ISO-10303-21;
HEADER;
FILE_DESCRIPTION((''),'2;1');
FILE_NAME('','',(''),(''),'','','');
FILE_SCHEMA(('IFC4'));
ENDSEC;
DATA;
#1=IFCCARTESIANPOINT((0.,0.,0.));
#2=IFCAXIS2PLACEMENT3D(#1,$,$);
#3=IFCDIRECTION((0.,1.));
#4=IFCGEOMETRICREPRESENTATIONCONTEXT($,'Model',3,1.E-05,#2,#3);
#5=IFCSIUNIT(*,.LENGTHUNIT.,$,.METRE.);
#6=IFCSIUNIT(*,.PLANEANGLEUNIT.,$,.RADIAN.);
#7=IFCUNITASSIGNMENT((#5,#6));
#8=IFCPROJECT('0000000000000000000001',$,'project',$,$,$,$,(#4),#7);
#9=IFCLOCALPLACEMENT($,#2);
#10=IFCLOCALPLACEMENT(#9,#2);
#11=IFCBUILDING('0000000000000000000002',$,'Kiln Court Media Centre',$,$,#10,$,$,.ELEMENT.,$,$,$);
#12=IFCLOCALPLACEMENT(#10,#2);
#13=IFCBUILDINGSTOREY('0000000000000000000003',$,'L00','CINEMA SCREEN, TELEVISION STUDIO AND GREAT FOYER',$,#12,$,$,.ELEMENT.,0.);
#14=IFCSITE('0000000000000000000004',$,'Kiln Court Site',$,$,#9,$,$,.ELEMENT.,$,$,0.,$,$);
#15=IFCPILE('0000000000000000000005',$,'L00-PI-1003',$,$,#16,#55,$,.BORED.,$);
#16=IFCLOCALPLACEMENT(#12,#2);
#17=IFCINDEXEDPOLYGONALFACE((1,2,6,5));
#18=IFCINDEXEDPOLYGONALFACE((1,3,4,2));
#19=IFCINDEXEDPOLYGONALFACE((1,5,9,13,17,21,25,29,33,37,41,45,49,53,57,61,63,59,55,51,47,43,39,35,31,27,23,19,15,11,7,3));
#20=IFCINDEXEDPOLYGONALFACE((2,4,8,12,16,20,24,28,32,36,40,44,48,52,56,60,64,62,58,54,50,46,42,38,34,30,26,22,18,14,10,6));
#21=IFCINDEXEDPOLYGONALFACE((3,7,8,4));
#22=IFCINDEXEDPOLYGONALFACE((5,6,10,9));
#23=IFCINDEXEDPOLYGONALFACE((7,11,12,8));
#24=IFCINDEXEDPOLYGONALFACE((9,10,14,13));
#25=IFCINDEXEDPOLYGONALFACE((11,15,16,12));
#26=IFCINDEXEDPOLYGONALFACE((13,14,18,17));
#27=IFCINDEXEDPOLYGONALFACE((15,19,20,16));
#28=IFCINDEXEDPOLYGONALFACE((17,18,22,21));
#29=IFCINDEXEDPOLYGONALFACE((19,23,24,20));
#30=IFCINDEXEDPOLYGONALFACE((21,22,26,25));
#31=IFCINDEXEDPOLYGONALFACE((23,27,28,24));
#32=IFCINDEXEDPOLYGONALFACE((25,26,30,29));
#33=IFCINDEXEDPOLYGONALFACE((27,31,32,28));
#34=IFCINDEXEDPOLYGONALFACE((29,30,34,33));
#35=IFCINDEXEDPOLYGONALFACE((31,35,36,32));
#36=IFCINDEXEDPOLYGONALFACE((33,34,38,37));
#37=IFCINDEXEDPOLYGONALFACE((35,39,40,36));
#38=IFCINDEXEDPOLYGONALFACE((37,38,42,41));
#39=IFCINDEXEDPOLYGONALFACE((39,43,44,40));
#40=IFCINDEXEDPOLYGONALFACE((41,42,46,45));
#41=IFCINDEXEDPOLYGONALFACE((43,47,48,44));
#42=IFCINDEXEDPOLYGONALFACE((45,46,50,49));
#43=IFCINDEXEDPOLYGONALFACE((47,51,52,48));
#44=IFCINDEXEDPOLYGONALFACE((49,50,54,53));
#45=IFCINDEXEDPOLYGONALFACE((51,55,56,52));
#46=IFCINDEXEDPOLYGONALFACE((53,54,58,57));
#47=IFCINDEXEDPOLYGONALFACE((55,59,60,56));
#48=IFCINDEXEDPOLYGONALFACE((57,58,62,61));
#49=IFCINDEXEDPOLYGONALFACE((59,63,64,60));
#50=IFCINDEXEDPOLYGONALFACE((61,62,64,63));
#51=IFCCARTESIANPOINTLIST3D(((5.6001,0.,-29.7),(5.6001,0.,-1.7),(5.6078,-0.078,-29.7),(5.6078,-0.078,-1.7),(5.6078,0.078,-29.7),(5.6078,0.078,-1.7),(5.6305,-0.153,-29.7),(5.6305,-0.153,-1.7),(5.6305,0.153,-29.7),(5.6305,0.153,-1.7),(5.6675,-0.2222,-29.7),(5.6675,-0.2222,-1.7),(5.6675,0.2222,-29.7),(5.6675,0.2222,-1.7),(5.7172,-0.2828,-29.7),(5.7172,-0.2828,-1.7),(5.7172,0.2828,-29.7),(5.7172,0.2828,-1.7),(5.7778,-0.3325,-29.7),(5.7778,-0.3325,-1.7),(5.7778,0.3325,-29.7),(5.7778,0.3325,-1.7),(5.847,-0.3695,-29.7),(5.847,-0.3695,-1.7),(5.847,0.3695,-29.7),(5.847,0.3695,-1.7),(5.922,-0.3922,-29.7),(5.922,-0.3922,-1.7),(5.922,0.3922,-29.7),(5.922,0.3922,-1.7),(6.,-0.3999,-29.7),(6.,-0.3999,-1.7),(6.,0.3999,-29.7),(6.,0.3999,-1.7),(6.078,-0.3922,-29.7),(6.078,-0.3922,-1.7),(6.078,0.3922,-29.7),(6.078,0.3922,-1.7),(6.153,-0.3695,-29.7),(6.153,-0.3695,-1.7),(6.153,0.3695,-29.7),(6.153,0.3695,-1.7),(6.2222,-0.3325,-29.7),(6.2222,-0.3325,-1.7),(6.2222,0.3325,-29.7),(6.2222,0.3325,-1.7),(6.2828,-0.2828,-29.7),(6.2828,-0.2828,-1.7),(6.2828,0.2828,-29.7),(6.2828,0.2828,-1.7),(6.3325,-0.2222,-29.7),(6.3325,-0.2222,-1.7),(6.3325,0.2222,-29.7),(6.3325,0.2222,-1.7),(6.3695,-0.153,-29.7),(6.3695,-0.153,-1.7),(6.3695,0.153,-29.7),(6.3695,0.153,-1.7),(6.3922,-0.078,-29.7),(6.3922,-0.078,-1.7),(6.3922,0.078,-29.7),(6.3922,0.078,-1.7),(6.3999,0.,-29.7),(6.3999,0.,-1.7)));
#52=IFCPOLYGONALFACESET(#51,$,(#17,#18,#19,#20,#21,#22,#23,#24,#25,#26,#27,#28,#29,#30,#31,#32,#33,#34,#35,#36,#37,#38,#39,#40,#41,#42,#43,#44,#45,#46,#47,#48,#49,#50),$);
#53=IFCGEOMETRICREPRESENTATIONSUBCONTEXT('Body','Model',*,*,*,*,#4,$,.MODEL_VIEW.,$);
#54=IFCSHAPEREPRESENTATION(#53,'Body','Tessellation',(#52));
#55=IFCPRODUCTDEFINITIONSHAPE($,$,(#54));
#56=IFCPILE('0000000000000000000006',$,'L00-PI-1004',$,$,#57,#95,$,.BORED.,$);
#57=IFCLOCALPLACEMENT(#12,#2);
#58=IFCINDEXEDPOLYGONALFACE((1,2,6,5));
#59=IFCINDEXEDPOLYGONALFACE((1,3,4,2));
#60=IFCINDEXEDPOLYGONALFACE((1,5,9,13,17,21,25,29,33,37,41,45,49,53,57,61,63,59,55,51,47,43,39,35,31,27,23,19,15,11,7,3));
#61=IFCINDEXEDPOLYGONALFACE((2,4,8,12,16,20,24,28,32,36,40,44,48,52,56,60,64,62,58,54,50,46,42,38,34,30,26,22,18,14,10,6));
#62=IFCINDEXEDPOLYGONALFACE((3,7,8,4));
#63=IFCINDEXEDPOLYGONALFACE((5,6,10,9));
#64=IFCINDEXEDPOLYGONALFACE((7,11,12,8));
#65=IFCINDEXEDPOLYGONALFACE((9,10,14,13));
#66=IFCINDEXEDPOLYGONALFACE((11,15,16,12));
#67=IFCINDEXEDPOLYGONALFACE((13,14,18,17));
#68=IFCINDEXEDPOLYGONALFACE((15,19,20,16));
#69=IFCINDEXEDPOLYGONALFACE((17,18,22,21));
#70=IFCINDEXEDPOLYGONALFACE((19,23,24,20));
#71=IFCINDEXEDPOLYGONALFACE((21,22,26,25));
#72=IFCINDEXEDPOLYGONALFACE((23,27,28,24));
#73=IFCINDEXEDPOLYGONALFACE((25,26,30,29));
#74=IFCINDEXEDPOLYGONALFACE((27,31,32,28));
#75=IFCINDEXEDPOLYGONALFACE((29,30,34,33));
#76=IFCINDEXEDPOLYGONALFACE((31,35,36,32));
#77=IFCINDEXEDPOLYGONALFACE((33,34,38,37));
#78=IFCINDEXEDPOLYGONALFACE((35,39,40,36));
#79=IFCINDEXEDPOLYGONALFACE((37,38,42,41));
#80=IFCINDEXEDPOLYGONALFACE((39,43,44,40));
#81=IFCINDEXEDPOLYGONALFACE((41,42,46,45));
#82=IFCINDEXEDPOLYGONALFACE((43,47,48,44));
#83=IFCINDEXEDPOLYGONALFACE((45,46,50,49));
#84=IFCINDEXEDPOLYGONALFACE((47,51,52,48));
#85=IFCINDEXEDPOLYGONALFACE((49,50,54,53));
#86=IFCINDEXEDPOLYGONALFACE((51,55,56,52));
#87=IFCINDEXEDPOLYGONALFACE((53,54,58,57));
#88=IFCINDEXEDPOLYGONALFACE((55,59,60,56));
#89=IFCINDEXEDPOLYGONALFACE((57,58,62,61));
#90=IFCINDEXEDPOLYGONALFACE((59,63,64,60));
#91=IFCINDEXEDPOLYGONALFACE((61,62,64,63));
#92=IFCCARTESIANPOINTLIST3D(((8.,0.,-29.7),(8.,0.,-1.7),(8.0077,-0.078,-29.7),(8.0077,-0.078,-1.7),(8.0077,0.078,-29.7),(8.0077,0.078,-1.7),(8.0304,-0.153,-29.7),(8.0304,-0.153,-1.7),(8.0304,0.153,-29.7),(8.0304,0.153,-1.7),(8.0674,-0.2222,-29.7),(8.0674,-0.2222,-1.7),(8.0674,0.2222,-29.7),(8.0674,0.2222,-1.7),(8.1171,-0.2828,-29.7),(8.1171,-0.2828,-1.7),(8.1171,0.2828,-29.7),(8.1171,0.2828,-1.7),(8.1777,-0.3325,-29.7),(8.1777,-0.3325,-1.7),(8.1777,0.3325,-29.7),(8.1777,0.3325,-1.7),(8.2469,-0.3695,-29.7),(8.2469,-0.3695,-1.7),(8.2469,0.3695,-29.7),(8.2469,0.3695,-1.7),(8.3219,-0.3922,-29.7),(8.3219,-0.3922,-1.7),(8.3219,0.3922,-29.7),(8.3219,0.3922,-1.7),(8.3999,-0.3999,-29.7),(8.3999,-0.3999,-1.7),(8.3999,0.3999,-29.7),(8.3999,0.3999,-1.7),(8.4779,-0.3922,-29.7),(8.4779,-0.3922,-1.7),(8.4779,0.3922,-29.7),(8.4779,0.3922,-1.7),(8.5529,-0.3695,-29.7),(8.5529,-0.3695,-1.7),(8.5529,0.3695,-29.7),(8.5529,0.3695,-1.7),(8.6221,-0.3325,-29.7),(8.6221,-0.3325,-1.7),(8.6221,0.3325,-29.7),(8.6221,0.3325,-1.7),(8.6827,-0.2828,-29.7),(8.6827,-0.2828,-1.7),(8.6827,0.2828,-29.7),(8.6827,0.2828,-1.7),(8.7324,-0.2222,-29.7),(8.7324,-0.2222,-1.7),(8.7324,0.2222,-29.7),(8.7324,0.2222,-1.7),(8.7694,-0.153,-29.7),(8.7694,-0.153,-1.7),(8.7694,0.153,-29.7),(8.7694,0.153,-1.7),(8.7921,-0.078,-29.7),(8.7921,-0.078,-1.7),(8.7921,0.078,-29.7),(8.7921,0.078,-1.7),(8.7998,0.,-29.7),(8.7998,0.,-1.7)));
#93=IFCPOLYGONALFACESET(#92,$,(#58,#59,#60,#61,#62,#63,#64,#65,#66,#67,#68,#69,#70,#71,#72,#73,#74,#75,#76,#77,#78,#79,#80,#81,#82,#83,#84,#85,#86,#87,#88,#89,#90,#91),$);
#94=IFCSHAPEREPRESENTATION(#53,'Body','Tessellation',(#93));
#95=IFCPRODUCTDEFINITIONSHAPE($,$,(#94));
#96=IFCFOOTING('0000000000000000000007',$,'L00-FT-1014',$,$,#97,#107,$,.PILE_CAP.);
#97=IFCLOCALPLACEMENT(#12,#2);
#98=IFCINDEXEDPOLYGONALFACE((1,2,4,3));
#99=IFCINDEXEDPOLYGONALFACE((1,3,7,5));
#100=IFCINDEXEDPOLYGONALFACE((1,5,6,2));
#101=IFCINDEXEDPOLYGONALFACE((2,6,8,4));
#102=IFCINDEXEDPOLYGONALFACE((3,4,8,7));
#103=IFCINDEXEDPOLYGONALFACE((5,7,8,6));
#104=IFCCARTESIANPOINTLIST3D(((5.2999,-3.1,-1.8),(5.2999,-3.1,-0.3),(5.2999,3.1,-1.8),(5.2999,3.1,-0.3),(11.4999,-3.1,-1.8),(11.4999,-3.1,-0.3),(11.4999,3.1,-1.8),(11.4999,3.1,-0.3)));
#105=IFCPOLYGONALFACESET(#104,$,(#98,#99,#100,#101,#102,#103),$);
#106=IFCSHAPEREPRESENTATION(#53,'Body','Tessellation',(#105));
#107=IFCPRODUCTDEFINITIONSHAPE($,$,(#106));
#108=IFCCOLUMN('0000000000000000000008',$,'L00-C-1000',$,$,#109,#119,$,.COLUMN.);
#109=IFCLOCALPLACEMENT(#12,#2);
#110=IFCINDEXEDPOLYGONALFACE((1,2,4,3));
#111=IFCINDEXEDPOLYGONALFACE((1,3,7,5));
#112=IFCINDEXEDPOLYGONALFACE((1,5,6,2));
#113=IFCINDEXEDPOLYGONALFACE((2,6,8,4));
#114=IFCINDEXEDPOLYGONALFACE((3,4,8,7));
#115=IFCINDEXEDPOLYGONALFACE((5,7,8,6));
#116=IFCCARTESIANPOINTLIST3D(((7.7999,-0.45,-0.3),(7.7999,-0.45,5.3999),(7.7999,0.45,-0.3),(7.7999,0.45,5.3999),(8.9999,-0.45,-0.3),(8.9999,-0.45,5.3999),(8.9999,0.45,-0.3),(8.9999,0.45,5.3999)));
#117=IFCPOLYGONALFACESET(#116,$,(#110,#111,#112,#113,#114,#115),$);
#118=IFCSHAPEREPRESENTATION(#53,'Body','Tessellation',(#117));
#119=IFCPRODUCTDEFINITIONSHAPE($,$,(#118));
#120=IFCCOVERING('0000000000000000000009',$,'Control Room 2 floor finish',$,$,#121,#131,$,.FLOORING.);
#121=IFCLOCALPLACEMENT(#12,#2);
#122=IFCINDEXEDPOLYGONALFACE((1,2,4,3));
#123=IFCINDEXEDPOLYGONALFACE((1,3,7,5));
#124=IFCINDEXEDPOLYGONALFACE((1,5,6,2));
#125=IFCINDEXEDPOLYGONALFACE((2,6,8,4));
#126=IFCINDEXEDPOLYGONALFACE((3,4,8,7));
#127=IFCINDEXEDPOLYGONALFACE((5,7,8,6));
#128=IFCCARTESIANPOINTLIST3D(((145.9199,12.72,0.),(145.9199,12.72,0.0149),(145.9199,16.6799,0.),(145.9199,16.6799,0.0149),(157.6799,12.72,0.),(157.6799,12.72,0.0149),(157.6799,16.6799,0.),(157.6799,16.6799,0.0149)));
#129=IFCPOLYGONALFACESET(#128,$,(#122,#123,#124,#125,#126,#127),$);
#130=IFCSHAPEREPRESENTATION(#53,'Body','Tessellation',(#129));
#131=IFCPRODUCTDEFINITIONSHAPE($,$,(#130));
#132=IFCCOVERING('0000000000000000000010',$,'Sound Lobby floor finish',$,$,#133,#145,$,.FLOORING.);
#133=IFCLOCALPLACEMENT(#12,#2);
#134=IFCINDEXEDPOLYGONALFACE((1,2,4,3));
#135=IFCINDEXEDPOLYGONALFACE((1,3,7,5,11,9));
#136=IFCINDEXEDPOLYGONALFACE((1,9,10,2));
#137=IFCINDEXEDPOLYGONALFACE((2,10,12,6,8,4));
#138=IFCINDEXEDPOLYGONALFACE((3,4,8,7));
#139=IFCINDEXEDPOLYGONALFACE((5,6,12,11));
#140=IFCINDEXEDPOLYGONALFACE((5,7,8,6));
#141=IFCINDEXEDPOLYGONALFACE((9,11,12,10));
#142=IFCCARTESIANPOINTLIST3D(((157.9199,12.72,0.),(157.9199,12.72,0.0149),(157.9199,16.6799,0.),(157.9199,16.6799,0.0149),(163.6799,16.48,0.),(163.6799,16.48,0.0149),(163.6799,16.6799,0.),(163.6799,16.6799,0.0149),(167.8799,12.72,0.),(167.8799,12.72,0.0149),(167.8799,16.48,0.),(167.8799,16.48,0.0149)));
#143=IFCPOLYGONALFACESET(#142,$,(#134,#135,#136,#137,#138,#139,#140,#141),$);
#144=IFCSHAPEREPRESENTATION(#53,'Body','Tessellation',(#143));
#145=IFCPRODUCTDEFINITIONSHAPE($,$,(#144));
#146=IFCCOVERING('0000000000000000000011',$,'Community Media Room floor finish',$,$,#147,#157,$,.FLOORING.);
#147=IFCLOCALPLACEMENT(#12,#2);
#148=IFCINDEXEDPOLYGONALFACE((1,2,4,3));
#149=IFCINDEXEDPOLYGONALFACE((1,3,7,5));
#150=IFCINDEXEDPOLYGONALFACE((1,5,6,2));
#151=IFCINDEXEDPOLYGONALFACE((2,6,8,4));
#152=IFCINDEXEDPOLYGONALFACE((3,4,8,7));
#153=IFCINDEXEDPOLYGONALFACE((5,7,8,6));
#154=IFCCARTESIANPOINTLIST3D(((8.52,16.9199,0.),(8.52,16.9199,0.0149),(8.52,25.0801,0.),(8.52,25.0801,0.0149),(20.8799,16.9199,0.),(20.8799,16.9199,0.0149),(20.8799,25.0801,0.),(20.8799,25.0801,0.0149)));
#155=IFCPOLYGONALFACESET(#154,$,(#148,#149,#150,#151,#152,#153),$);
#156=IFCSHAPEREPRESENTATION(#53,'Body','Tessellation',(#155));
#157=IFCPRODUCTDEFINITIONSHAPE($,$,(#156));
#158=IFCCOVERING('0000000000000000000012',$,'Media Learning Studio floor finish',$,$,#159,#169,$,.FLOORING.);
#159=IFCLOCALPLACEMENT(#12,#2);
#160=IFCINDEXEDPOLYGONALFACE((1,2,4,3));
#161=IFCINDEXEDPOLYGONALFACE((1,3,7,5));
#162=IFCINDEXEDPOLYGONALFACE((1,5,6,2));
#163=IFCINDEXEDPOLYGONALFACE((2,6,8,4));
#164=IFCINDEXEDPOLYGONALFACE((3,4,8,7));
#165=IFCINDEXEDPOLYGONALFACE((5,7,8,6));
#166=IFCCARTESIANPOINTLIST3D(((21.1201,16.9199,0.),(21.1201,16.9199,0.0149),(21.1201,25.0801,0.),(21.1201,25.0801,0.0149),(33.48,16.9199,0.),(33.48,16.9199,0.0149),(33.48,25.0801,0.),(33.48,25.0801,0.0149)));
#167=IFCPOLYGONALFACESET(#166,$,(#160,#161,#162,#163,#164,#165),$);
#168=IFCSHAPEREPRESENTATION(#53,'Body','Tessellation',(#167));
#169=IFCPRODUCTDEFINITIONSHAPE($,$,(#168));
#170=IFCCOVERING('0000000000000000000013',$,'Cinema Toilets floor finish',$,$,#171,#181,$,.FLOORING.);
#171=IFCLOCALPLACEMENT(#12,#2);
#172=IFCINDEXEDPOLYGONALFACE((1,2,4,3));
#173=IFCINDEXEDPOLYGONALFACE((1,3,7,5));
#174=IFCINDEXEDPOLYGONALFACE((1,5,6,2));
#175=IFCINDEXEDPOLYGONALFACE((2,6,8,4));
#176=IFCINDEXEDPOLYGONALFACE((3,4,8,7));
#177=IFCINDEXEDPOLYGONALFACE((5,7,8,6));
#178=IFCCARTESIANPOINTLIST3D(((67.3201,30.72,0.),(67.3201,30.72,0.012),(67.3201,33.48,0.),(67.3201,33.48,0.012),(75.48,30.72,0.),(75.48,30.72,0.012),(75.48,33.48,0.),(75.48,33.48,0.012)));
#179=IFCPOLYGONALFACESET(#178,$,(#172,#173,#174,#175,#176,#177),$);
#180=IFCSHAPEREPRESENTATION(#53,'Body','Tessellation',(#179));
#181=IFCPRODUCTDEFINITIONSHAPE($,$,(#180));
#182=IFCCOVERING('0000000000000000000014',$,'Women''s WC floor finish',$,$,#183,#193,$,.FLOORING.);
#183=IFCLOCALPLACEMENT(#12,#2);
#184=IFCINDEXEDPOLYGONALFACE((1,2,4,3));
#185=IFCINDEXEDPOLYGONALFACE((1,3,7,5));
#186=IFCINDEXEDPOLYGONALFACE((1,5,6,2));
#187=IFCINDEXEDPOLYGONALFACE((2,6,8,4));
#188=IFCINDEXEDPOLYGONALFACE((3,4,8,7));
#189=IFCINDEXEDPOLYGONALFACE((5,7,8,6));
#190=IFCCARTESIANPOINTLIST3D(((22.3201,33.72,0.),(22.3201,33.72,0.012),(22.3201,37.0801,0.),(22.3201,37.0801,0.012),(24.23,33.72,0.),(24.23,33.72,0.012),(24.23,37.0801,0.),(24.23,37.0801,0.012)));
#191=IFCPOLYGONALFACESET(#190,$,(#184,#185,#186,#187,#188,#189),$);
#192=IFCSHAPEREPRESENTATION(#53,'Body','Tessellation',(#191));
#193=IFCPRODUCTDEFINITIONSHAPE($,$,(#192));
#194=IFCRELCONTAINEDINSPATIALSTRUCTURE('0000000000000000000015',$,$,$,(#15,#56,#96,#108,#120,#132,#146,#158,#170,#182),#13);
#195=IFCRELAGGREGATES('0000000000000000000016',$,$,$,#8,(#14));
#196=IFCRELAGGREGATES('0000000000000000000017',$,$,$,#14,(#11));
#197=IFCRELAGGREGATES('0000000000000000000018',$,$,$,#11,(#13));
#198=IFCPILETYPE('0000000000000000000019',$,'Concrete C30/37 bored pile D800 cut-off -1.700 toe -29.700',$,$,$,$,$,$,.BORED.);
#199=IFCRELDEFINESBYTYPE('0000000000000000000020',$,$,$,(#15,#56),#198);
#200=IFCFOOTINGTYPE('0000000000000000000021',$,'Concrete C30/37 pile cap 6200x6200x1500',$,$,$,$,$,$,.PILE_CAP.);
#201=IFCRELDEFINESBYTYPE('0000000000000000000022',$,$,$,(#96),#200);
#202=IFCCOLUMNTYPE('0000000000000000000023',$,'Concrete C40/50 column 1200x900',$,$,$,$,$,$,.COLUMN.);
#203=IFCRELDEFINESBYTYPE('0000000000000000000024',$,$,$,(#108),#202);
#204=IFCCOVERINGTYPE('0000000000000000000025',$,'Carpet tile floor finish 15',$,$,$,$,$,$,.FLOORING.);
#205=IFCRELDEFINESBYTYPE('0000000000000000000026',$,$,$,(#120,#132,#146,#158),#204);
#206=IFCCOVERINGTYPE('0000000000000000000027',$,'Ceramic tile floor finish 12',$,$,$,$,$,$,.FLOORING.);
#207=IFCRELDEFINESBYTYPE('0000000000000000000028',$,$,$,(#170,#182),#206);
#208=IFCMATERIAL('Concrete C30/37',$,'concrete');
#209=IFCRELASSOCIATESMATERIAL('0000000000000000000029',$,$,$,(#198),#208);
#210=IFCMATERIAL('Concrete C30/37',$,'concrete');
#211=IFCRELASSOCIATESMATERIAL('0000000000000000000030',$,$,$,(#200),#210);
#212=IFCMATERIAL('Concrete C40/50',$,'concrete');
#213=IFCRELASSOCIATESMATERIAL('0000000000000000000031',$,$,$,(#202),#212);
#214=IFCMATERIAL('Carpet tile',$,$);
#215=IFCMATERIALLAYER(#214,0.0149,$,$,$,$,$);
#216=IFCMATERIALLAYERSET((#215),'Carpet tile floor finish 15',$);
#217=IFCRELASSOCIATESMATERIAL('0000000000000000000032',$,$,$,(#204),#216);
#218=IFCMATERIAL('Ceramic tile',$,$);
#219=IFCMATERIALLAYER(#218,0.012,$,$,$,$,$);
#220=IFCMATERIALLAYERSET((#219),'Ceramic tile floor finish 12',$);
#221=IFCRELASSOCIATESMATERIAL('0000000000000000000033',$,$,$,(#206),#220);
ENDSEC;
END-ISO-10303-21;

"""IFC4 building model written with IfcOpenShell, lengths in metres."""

from ifc_helpers import new_model, si_unit, direction, frame, origin, origin_2d, place, context, subcontext, project, spatial, polyline, rectangle, circle, outline, extrude, material, layer, layer_set, material_profile, profile_set, type_object, element, save


model = new_model("IFC4")

# Units and contexts
model_context = context("Model", 3, precision=1e-05, world=origin(), true_north=direction((0.0, 1.0)))
body_context = subcontext(model_context, "Body", "Model", "MODEL_VIEW")
ifc_project = project(units=[si_unit("LENGTHUNIT", "METRE"), si_unit("PLANEANGLEUNIT", "RADIAN")], contexts=[model_context])

# Site, building, storey
site_placement = place(None, origin())
site = spatial("IfcSite", under=ifc_project, at=site_placement, Name="Kiln Court Site", CompositionType="ELEMENT", RefElevation=0.0)
building_placement = place(site_placement, origin())
building = spatial("IfcBuilding", under=site, at=building_placement, Name="Kiln Court Media Centre", CompositionType="ELEMENT")
storey_placement = place(building_placement, origin())
storey = spatial("IfcBuildingStorey", under=building, at=storey_placement, Name="L00", Description="CINEMA SCREEN, TELEVISION STUDIO AND GREAT FOYER", CompositionType="ELEMENT", Elevation=0.0)

# Piles
ifc_material_1 = material(Name="Concrete C30/37", Category="concrete")
ifc_material_profile_1 = material_profile(ifc_material_1, circle(Radius=0.3999, at=origin_2d()), Name="PILE D800")
ifc_profile_set_1 = profile_set([ifc_material_profile_1], Name="Concrete C30/37")
pile_type = type_object("IfcPileType", Name="Concrete C30/37 bored pile D800 cut-off -1.700 toe -29.700", PredefinedType="BORED", material=ifc_profile_set_1)
for number, where, z_axis, x_axis, name in (
    (1, (6.0, 0.0, -1.7), (0.0, 0.0, -1.0), (1.0, 0.0, 0.0), "L00-PI-1003"),
    (2, (8.3999, 0.0, -1.7), (0.0, 0.0, -1.0), (1.0, 0.0, 0.0), "L00-PI-1004"),
):
    element("IfcPile", number, at=place(storey_placement, frame(where, z_axis=z_axis, x_axis=x_axis)), inside=storey, type_object=pile_type, Name=name, PredefinedType="BORED", context=body_context, shape_type="SweptSolid", body=[
        extrude(circle(Radius=0.3999, at=origin_2d()), origin(), (0.0, 0.0, 1.0), 28.0),
    ])

# Footing
ifc_material_2 = material(Name="Concrete C30/37", Category="concrete")
footing_type = type_object("IfcFootingType", Name="Concrete C30/37 pile cap 6200x6200x1500", PredefinedType="PILE_CAP", material=ifc_material_2)
footing_placement = place(storey_placement, frame((8.3999, 0.0, -1.8), z_axis=(0.0, 0.0, 1.0), x_axis=(1.0, 0.0, 0.0)))
element("IfcFooting", 3, at=footing_placement, inside=storey, type_object=footing_type, Name="L00-FT-1014", PredefinedType="PILE_CAP", context=body_context, shape_type="SweptSolid", body=[
    extrude(rectangle(XDim=6.2, YDim=6.2, at=origin_2d()), origin(), (0.0, 0.0, 1.0), 1.5),
])

# Column
ifc_material_3 = material(Name="Concrete C40/50", Category="concrete")
ifc_material_profile_2 = material_profile(ifc_material_3, rectangle(XDim=1.2, YDim=0.8999, at=origin_2d()), Name="RC 1200x900")
ifc_profile_set_2 = profile_set([ifc_material_profile_2], Name="Concrete C40/50")
column_type = type_object("IfcColumnType", Name="Concrete C40/50 column 1200x900", PredefinedType="COLUMN", material=ifc_profile_set_2)
column_placement = place(storey_placement, frame((8.3999, 0.0, -0.3), z_axis=(0.0, 0.0, 1.0), x_axis=(1.0, 0.0, 0.0)))
element("IfcColumn", 4, at=column_placement, inside=storey, type_object=column_type, Name="L00-C-1000", PredefinedType="COLUMN", context=body_context, shape_type="SweptSolid", body=[
    extrude(rectangle(XDim=1.2, YDim=0.8999, at=origin_2d()), origin(), (0.0, 0.0, 1.0), 5.7),
])

# Coverings
ifc_material_4 = material(Name="Carpet tile")
ifc_layer_1 = layer(ifc_material_4, 0.0149)
ifc_layer_set_1 = layer_set([ifc_layer_1], Name="Carpet tile floor finish 15")
covering_type_1 = type_object("IfcCoveringType", Name="Carpet tile floor finish 15", PredefinedType="FLOORING", material=ifc_layer_set_1)
covering_1_placement = place(storey_placement, origin())
element("IfcCovering", 5, at=covering_1_placement, inside=storey, type_object=covering_type_1, Name="Control Room 2 floor finish", PredefinedType="FLOORING", context=body_context, shape_type="SweptSolid", body=[
    extrude(outline(polyline([(145.9199, 12.72), (157.6799, 12.72), (157.6799, 16.6799), (145.9199, 16.6799), (145.9199, 12.72)])), origin(), (0.0, 0.0, 1.0), 0.0149),
])
covering_2_placement = place(storey_placement, origin())
element("IfcCovering", 6, at=covering_2_placement, inside=storey, type_object=covering_type_1, Name="Sound Lobby floor finish", PredefinedType="FLOORING", context=body_context, shape_type="SweptSolid", body=[
    extrude(outline(polyline([(167.8799, 12.72), (167.8799, 16.48), (163.6799, 16.48), (163.6799, 16.6799), (157.9199, 16.6799), (157.9199, 12.72), (167.8799, 12.72)])), origin(), (0.0, 0.0, 1.0), 0.0149),
])
covering_3_placement = place(storey_placement, origin())
element("IfcCovering", 7, at=covering_3_placement, inside=storey, type_object=covering_type_1, Name="Community Media Room floor finish", PredefinedType="FLOORING", context=body_context, shape_type="SweptSolid", body=[
    extrude(outline(polyline([(8.52, 16.9199), (20.8799, 16.9199), (20.8799, 25.0801), (8.52, 25.0801), (8.52, 16.9199)])), origin(), (0.0, 0.0, 1.0), 0.0149),
])
covering_4_placement = place(storey_placement, origin())
element("IfcCovering", 8, at=covering_4_placement, inside=storey, type_object=covering_type_1, Name="Media Learning Studio floor finish", PredefinedType="FLOORING", context=body_context, shape_type="SweptSolid", body=[
    extrude(outline(polyline([(21.1201, 16.9199), (33.48, 16.9199), (33.48, 25.0801), (21.1201, 25.0801), (21.1201, 16.9199)])), origin(), (0.0, 0.0, 1.0), 0.0149),
])
ifc_material_5 = material(Name="Ceramic tile")
ifc_layer_2 = layer(ifc_material_5, 0.012)
ifc_layer_set_2 = layer_set([ifc_layer_2], Name="Ceramic tile floor finish 12")
covering_type_2 = type_object("IfcCoveringType", Name="Ceramic tile floor finish 12", PredefinedType="FLOORING", material=ifc_layer_set_2)
covering_5_placement = place(storey_placement, origin())
element("IfcCovering", 9, at=covering_5_placement, inside=storey, type_object=covering_type_2, Name="Cinema Toilets floor finish", PredefinedType="FLOORING", context=body_context, shape_type="SweptSolid", body=[
    extrude(outline(polyline([(67.3201, 30.72), (75.48, 30.72), (75.48, 33.48), (67.3201, 33.48), (67.3201, 30.72)])), origin(), (0.0, 0.0, 1.0), 0.012),
])
covering_6_placement = place(storey_placement, origin())
element("IfcCovering", 10, at=covering_6_placement, inside=storey, type_object=covering_type_2, Name="Women's WC floor finish", PredefinedType="FLOORING", context=body_context, shape_type="SweptSolid", body=[
    extrude(outline(polyline([(24.23, 33.72), (24.23, 37.0801), (22.3201, 37.0801), (22.3201, 33.72), (24.23, 33.72)])), origin(), (0.0, 0.0, 1.0), 0.012),
])

save(model, "model.ifc")
